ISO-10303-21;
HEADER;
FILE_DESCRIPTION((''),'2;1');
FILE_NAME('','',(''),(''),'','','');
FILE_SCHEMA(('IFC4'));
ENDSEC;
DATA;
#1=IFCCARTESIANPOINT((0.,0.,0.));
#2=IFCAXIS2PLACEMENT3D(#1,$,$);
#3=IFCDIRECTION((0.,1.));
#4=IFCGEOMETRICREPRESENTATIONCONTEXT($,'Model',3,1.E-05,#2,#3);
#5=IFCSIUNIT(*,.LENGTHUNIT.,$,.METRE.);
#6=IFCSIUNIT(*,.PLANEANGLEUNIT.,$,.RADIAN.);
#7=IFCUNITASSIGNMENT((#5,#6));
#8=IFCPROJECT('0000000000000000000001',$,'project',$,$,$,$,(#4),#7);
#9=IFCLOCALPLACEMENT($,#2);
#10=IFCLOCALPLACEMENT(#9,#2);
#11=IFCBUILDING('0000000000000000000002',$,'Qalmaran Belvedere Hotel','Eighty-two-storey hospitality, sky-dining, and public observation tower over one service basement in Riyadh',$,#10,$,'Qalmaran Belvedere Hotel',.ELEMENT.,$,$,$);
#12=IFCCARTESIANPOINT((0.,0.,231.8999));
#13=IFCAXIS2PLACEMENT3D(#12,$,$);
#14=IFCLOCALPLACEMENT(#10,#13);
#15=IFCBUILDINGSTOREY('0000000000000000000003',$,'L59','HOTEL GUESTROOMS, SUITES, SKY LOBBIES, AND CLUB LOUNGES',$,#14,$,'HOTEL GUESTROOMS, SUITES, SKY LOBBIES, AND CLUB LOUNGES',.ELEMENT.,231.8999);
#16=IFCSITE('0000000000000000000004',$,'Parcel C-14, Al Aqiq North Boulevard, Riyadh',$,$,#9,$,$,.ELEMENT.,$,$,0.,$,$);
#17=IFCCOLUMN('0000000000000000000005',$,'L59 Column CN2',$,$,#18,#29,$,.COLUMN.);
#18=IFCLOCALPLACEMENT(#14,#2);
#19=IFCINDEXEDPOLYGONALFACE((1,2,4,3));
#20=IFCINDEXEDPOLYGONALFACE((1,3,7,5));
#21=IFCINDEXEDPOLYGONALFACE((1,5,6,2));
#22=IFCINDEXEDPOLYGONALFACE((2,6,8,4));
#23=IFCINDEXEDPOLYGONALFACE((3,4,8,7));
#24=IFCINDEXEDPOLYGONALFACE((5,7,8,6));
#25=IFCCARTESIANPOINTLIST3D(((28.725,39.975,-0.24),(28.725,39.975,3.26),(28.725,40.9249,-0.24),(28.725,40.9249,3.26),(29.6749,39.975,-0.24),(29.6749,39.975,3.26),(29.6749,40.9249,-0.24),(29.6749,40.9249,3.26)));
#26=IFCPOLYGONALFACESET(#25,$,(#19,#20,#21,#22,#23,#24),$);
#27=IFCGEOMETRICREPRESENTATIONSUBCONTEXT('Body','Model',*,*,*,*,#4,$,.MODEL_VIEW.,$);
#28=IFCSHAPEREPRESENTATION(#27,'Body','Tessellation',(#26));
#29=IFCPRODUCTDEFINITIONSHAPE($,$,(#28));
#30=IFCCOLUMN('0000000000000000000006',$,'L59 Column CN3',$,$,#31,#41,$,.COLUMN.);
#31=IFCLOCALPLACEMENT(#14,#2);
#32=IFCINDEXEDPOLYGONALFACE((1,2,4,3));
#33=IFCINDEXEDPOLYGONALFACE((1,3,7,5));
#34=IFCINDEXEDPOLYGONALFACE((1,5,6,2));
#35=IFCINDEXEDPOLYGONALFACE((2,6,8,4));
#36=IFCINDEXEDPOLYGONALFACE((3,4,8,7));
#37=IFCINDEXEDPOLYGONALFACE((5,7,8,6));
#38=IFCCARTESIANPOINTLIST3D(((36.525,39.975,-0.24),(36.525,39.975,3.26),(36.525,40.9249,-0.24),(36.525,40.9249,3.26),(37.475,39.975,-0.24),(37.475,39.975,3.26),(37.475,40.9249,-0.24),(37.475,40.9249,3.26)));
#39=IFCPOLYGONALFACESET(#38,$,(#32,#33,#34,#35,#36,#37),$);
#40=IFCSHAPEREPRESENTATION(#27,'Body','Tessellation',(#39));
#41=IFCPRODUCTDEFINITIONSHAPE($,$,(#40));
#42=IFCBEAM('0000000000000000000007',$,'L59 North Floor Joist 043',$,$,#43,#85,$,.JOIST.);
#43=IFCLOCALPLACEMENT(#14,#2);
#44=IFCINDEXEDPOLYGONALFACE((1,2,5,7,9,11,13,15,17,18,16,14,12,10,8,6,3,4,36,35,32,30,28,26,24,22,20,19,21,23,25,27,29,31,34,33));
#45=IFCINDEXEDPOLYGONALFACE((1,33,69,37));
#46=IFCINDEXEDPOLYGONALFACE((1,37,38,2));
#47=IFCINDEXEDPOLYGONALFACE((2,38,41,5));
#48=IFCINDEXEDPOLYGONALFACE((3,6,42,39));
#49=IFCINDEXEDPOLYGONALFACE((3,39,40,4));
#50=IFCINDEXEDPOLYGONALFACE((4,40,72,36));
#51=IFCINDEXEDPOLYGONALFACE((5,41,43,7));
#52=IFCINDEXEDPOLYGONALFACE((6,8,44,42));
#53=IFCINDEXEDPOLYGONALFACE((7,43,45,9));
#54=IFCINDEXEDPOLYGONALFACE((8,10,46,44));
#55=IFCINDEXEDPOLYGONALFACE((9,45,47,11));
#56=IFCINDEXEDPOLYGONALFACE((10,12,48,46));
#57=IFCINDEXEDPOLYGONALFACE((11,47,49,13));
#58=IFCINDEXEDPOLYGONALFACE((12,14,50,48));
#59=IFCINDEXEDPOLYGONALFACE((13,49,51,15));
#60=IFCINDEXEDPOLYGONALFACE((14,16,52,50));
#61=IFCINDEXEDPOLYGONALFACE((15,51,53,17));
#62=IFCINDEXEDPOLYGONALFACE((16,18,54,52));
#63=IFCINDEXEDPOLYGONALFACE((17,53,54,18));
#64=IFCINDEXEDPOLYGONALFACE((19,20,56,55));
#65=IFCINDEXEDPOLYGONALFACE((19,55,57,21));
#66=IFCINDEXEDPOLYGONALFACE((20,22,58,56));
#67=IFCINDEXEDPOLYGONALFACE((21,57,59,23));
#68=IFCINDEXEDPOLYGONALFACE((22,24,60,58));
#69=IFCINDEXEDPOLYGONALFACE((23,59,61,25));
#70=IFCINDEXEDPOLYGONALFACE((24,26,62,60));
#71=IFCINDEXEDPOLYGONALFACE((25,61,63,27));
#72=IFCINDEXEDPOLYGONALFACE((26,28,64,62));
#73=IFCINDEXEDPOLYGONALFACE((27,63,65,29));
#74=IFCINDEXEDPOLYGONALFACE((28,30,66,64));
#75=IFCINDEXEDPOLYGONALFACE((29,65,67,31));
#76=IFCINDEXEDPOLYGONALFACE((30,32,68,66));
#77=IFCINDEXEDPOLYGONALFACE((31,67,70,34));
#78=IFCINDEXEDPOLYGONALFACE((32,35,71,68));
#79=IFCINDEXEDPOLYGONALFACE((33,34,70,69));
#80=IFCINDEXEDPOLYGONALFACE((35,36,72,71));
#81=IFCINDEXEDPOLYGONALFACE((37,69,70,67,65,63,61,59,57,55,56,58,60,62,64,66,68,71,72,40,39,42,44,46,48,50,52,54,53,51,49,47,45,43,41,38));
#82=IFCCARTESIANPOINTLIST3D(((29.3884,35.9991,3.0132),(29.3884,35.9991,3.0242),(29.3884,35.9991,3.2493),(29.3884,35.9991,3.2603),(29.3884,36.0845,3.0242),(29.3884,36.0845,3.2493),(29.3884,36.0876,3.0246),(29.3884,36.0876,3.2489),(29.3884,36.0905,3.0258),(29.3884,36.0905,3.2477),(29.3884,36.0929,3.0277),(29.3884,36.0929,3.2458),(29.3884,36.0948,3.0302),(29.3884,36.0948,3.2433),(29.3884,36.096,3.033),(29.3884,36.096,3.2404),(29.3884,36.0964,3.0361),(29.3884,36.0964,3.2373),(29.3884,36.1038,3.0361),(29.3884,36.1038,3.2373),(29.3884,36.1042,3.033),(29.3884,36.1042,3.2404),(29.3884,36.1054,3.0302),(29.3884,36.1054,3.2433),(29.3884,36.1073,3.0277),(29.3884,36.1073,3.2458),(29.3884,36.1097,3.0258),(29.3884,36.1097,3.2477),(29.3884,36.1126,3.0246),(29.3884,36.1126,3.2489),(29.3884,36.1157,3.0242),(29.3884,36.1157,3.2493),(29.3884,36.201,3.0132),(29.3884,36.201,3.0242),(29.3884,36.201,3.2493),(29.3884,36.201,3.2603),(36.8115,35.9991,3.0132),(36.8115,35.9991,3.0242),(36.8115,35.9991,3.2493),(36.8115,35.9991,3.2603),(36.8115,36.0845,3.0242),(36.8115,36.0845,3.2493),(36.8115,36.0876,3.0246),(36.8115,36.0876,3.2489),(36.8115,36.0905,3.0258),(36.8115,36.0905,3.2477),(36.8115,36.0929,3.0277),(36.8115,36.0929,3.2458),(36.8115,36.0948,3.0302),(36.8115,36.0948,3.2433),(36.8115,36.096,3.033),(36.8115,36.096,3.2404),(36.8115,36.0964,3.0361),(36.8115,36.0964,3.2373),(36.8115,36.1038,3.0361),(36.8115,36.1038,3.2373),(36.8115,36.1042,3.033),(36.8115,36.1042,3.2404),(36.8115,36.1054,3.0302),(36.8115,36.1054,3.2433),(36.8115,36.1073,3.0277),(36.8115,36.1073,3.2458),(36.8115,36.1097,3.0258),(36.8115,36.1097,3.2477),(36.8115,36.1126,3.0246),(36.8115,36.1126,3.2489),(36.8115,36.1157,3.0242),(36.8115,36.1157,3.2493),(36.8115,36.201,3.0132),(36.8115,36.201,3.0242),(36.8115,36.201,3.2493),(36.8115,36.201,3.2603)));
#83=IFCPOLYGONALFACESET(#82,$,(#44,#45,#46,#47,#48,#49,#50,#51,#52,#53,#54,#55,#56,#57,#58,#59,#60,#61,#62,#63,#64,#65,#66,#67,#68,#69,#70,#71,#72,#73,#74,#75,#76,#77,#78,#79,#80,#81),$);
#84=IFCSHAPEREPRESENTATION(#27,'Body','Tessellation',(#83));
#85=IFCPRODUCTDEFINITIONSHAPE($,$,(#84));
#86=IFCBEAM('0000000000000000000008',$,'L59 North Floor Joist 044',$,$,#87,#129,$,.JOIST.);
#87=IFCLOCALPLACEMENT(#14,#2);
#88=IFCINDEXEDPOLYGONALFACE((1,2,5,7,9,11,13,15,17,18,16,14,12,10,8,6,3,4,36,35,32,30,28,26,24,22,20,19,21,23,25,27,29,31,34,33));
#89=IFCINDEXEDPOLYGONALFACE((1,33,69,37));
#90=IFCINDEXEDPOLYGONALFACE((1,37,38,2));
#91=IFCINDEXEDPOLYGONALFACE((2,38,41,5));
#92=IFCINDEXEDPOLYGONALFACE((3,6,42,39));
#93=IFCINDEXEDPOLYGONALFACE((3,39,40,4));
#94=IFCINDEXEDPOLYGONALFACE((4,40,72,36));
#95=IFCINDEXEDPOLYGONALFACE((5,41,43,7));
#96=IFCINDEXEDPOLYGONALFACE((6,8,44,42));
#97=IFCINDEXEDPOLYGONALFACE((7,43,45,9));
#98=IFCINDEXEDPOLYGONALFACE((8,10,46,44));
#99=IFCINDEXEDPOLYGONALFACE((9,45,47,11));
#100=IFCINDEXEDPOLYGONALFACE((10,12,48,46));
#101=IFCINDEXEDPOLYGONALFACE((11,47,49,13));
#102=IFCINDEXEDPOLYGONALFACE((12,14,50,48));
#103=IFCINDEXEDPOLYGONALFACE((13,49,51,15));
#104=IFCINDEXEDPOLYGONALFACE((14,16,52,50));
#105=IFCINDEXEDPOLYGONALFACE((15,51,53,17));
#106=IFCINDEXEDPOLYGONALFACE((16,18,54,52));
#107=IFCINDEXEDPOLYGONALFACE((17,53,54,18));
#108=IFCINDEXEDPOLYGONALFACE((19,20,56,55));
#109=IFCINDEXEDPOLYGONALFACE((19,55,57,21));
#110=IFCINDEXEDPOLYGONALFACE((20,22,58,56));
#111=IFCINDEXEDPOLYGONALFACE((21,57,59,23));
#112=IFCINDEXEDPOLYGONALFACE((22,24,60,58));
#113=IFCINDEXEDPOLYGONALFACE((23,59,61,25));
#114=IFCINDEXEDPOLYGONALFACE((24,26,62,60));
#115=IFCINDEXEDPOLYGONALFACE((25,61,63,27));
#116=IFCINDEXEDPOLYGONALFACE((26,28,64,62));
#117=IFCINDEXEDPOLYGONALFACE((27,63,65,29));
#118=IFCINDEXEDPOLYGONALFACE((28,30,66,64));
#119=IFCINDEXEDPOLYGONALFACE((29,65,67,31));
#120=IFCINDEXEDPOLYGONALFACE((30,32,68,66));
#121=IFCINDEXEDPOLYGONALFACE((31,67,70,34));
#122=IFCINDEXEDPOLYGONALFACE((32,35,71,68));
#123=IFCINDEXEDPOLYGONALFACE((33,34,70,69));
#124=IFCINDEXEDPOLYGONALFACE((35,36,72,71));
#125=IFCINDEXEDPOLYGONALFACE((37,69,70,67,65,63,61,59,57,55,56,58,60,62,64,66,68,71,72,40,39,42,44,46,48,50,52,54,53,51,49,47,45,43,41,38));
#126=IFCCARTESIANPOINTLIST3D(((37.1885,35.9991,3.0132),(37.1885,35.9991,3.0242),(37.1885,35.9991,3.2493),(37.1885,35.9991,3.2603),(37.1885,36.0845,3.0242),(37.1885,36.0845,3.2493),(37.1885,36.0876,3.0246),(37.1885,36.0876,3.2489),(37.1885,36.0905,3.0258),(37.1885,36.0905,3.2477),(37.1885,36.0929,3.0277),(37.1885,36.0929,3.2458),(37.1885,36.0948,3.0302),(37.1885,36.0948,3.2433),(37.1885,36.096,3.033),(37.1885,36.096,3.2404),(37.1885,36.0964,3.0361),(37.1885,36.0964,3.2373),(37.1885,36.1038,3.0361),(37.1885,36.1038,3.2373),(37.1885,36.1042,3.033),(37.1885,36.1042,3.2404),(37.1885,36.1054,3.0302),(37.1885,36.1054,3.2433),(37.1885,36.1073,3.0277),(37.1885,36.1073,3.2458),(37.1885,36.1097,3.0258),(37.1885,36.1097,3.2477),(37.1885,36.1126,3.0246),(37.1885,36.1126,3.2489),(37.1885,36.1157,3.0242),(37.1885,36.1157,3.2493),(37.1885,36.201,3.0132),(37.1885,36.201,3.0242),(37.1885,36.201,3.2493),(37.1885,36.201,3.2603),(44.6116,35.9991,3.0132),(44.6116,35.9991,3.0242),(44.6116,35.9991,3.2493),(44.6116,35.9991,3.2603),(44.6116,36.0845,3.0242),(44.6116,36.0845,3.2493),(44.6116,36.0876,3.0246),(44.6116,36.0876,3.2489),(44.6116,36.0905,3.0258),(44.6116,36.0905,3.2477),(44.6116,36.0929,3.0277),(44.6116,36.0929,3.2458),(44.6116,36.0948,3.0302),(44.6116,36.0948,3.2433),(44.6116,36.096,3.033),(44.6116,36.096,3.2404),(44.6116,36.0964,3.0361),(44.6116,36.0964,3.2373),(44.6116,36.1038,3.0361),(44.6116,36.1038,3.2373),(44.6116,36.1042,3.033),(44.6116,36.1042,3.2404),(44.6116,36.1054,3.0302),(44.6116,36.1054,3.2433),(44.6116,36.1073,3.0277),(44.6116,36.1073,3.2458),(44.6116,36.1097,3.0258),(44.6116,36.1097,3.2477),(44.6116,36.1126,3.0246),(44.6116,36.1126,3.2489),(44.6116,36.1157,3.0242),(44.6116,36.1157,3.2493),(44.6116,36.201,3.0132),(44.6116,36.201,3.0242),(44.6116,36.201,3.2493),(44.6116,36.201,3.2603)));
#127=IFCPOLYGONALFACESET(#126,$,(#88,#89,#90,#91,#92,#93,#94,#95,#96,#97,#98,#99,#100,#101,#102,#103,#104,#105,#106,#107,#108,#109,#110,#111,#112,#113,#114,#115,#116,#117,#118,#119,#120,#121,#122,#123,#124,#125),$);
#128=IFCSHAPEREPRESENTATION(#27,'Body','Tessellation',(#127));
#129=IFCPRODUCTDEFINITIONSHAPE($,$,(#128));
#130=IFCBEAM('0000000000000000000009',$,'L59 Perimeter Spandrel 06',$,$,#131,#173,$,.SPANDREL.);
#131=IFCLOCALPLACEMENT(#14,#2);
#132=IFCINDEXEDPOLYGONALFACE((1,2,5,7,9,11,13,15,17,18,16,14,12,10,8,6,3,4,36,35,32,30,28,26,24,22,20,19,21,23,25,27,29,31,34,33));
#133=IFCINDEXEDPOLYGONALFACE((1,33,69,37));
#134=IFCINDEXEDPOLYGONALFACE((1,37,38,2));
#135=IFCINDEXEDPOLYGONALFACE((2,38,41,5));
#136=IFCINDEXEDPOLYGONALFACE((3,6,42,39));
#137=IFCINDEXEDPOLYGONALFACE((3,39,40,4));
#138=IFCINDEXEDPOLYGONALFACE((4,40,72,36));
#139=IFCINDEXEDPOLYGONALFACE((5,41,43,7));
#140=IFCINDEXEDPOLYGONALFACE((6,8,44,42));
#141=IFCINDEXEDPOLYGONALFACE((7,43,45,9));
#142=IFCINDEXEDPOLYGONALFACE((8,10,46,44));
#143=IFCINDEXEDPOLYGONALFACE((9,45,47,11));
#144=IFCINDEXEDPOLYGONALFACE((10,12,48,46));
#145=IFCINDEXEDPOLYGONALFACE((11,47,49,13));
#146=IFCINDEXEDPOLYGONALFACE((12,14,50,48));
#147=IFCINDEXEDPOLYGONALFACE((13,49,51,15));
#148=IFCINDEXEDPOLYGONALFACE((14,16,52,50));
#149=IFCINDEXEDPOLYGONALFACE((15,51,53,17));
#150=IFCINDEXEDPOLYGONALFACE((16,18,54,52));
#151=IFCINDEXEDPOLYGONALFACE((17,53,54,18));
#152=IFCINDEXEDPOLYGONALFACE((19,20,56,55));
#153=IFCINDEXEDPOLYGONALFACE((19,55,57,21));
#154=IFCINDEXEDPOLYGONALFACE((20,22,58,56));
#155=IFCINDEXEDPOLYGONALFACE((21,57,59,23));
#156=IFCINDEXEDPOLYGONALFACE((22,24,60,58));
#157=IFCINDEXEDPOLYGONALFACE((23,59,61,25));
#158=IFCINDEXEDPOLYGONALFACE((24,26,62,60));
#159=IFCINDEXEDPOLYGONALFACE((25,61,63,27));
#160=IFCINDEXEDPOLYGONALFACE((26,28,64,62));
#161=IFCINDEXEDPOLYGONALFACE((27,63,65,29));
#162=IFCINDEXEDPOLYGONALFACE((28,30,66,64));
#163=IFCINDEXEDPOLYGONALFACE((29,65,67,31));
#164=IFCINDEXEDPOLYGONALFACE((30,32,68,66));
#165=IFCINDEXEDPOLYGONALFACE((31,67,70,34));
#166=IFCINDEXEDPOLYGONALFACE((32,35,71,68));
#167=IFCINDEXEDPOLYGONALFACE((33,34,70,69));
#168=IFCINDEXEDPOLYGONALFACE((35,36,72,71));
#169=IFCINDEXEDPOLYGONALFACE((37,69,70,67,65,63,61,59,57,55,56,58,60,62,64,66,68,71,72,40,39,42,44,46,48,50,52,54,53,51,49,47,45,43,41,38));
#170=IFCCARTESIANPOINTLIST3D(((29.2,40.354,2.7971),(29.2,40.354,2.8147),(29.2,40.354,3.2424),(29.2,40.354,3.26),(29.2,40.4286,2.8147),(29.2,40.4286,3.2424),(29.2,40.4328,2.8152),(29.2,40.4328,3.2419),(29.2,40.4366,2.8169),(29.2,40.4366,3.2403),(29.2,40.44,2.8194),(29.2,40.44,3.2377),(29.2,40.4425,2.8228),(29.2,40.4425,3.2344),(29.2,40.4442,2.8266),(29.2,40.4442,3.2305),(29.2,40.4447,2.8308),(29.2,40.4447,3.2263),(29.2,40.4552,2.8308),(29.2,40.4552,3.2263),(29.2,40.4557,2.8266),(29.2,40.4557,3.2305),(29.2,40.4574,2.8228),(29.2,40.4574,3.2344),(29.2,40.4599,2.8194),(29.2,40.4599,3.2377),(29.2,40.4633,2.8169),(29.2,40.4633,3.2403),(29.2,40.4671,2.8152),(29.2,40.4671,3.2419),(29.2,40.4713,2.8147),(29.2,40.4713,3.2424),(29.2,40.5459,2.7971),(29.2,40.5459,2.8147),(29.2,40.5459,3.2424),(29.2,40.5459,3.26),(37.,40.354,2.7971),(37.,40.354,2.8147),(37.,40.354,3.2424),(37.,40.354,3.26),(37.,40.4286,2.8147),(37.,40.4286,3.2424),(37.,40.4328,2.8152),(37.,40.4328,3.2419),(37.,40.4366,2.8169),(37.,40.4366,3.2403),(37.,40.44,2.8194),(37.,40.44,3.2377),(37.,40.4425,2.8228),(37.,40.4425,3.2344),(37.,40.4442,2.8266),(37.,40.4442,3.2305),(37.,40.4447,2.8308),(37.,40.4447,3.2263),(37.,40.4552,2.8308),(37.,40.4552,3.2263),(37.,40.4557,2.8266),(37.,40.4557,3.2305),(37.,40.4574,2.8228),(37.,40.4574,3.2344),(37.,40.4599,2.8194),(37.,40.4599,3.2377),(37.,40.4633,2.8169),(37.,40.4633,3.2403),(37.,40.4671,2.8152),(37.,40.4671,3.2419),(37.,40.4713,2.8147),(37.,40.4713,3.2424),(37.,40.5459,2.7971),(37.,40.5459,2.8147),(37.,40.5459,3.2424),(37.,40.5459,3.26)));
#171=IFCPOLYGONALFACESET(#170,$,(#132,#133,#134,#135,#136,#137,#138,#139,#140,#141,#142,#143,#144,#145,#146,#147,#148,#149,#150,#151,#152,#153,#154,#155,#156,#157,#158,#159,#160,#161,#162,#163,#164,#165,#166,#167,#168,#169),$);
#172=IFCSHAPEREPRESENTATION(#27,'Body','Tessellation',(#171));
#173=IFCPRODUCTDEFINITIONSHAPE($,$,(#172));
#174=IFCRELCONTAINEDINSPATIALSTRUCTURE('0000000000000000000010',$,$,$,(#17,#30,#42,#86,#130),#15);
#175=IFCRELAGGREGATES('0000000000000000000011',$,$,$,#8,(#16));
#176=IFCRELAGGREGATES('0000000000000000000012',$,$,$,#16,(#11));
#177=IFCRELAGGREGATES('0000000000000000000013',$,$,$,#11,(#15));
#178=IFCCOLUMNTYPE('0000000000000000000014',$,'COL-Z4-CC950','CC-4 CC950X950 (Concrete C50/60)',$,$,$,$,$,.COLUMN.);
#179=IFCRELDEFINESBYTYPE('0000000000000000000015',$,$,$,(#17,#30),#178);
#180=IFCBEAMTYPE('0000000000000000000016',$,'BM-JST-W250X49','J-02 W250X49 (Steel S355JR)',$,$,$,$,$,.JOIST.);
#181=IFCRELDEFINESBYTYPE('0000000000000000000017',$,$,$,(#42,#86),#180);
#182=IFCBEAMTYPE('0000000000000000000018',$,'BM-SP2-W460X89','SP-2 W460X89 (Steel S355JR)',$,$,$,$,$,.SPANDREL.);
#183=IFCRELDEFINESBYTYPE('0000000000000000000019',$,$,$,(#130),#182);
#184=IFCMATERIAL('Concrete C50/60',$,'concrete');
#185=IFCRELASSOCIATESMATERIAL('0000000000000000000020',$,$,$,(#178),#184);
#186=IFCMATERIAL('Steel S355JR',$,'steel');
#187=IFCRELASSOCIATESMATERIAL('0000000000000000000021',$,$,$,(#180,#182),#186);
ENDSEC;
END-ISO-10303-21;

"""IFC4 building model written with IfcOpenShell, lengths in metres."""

from ifc_helpers import new_model, si_unit, direction, frame, origin, origin_2d, place, context, subcontext, project, spatial, rectangle, i_section, extrude, material, material_profile, profile_set, type_object, element, save


model = new_model("IFC4")

# Units and contexts
model_context = context("Model", 3, precision=1e-05, world=origin(), true_north=direction((0.0, 1.0)))
body_context = subcontext(model_context, "Body", "Model", "MODEL_VIEW")
ifc_project = project(units=[si_unit("LENGTHUNIT", "METRE"), si_unit("PLANEANGLEUNIT", "RADIAN")], contexts=[model_context])

# Site, building, storey
site_placement = place(None, origin())
site = spatial("IfcSite", under=ifc_project, at=site_placement, Name="Parcel C-14, Al Aqiq North Boulevard, Riyadh", CompositionType="ELEMENT", RefElevation=0.0)
building_placement = place(site_placement, origin())
building = spatial("IfcBuilding", under=site, at=building_placement, Name="Qalmaran Belvedere Hotel", Description="Eighty-two-storey hospitality, sky-dining, and public observation tower over one service basement in Riyadh", LongName="Qalmaran Belvedere Hotel", CompositionType="ELEMENT")
storey_placement = place(building_placement, frame((0.0, 0.0, 231.8999)))
storey = spatial("IfcBuildingStorey", under=building, at=storey_placement, Name="L59", Description="HOTEL GUESTROOMS, SUITES, SKY LOBBIES, AND CLUB LOUNGES", LongName="HOTEL GUESTROOMS, SUITES, SKY LOBBIES, AND CLUB LOUNGES", CompositionType="ELEMENT", Elevation=231.8999)

# Columns
ifc_material_1 = material(Name="Concrete C50/60", Category="concrete")
ifc_material_profile_1 = material_profile(ifc_material_1, rectangle(XDim=0.95, YDim=0.95, at=origin_2d()), Name="CC950X950")
ifc_profile_set_1 = profile_set([ifc_material_profile_1], Name="Concrete C50/60")
column_type = type_object("IfcColumnType", Name="COL-Z4-CC950", Description="CC-4 CC950X950 (Concrete C50/60)", PredefinedType="COLUMN", material=ifc_profile_set_1)
for number, where, z_axis, x_axis, name in (
    (1, (29.2, 40.45, -0.24), (0.0, 0.0, 1.0), (1.0, 0.0, 0.0), "L59 Column CN2"),
    (2, (37.0, 40.45, -0.24), (0.0, 0.0, 1.0), (1.0, 0.0, 0.0), "L59 Column CN3"),
):
    element("IfcColumn", number, at=place(storey_placement, frame(where, z_axis=z_axis, x_axis=x_axis)), inside=storey, type_object=column_type, Name=name, PredefinedType="COLUMN", context=body_context, shape_type="SweptSolid", body=[
        extrude(rectangle(XDim=0.95, YDim=0.95, at=origin_2d()), origin(), (0.0, 0.0, 1.0), 3.5),
    ])

# Beams
ifc_material_2 = material(Name="Steel S355JR", Category="steel")
ifc_material_profile_2 = material_profile(ifc_material_2, i_section(OverallWidth=0.2019, OverallDepth=0.2471, WebThickness=0.0073, FlangeThickness=0.011, FilletRadius=0.012, at=origin_2d()), Name="W250X49")
ifc_profile_set_2 = profile_set([ifc_material_profile_2], Name="Steel S355JR")
beam_type_1 = type_object("IfcBeamType", Name="BM-JST-W250X49", Description="J-02 W250X49 (Steel S355JR)", PredefinedType="JOIST", material=ifc_profile_set_2)
for number, where, z_axis, x_axis, name in (
    (3, (29.3884, 36.1001, 3.1367), (1.0, 0.0, 0.0), (0.0, 1.0, 0.0), "L59 North Floor Joist 043"),
    (4, (37.1885, 36.1001, 3.1367), (1.0, 0.0, 0.0), (0.0, 1.0, 0.0), "L59 North Floor Joist 044"),
):
    element("IfcBeam", number, at=place(storey_placement, frame(where, z_axis=z_axis, x_axis=x_axis)), inside=storey, type_object=beam_type_1, Name=name, PredefinedType="JOIST", context=body_context, shape_type="SweptSolid", body=[
        extrude(i_section(OverallWidth=0.2019, OverallDepth=0.2471, WebThickness=0.0073, FlangeThickness=0.011, FilletRadius=0.012, at=origin_2d()), origin(), (0.0, 0.0, 1.0), 7.4231),
    ])
ifc_material_profile_3 = material_profile(ifc_material_2, i_section(OverallWidth=0.1919, OverallDepth=0.4629, WebThickness=0.0105, FlangeThickness=0.0176, FilletRadius=0.0161, at=origin_2d()), Name="W460X89")
ifc_profile_set_3 = profile_set([ifc_material_profile_3], Name="Steel S355JR")
beam_type_2 = type_object("IfcBeamType", Name="BM-SP2-W460X89", Description="SP-2 W460X89 (Steel S355JR)", PredefinedType="SPANDREL", material=ifc_profile_set_3)
for number, where, z_axis, x_axis, name in (
    (5, (29.2, 40.45, 3.0286), (1.0, 0.0, 0.0), (0.0, 1.0, 0.0), "L59 Perimeter Spandrel 06"),
):
    element("IfcBeam", number, at=place(storey_placement, frame(where, z_axis=z_axis, x_axis=x_axis)), inside=storey, type_object=beam_type_2, Name=name, PredefinedType="SPANDREL", context=body_context, shape_type="SweptSolid", body=[
        extrude(i_section(OverallWidth=0.1919, OverallDepth=0.4629, WebThickness=0.0105, FlangeThickness=0.0176, FilletRadius=0.0161, at=origin_2d()), origin(), (0.0, 0.0, 1.0), 7.8),
    ])

save(model, "model.ifc")
